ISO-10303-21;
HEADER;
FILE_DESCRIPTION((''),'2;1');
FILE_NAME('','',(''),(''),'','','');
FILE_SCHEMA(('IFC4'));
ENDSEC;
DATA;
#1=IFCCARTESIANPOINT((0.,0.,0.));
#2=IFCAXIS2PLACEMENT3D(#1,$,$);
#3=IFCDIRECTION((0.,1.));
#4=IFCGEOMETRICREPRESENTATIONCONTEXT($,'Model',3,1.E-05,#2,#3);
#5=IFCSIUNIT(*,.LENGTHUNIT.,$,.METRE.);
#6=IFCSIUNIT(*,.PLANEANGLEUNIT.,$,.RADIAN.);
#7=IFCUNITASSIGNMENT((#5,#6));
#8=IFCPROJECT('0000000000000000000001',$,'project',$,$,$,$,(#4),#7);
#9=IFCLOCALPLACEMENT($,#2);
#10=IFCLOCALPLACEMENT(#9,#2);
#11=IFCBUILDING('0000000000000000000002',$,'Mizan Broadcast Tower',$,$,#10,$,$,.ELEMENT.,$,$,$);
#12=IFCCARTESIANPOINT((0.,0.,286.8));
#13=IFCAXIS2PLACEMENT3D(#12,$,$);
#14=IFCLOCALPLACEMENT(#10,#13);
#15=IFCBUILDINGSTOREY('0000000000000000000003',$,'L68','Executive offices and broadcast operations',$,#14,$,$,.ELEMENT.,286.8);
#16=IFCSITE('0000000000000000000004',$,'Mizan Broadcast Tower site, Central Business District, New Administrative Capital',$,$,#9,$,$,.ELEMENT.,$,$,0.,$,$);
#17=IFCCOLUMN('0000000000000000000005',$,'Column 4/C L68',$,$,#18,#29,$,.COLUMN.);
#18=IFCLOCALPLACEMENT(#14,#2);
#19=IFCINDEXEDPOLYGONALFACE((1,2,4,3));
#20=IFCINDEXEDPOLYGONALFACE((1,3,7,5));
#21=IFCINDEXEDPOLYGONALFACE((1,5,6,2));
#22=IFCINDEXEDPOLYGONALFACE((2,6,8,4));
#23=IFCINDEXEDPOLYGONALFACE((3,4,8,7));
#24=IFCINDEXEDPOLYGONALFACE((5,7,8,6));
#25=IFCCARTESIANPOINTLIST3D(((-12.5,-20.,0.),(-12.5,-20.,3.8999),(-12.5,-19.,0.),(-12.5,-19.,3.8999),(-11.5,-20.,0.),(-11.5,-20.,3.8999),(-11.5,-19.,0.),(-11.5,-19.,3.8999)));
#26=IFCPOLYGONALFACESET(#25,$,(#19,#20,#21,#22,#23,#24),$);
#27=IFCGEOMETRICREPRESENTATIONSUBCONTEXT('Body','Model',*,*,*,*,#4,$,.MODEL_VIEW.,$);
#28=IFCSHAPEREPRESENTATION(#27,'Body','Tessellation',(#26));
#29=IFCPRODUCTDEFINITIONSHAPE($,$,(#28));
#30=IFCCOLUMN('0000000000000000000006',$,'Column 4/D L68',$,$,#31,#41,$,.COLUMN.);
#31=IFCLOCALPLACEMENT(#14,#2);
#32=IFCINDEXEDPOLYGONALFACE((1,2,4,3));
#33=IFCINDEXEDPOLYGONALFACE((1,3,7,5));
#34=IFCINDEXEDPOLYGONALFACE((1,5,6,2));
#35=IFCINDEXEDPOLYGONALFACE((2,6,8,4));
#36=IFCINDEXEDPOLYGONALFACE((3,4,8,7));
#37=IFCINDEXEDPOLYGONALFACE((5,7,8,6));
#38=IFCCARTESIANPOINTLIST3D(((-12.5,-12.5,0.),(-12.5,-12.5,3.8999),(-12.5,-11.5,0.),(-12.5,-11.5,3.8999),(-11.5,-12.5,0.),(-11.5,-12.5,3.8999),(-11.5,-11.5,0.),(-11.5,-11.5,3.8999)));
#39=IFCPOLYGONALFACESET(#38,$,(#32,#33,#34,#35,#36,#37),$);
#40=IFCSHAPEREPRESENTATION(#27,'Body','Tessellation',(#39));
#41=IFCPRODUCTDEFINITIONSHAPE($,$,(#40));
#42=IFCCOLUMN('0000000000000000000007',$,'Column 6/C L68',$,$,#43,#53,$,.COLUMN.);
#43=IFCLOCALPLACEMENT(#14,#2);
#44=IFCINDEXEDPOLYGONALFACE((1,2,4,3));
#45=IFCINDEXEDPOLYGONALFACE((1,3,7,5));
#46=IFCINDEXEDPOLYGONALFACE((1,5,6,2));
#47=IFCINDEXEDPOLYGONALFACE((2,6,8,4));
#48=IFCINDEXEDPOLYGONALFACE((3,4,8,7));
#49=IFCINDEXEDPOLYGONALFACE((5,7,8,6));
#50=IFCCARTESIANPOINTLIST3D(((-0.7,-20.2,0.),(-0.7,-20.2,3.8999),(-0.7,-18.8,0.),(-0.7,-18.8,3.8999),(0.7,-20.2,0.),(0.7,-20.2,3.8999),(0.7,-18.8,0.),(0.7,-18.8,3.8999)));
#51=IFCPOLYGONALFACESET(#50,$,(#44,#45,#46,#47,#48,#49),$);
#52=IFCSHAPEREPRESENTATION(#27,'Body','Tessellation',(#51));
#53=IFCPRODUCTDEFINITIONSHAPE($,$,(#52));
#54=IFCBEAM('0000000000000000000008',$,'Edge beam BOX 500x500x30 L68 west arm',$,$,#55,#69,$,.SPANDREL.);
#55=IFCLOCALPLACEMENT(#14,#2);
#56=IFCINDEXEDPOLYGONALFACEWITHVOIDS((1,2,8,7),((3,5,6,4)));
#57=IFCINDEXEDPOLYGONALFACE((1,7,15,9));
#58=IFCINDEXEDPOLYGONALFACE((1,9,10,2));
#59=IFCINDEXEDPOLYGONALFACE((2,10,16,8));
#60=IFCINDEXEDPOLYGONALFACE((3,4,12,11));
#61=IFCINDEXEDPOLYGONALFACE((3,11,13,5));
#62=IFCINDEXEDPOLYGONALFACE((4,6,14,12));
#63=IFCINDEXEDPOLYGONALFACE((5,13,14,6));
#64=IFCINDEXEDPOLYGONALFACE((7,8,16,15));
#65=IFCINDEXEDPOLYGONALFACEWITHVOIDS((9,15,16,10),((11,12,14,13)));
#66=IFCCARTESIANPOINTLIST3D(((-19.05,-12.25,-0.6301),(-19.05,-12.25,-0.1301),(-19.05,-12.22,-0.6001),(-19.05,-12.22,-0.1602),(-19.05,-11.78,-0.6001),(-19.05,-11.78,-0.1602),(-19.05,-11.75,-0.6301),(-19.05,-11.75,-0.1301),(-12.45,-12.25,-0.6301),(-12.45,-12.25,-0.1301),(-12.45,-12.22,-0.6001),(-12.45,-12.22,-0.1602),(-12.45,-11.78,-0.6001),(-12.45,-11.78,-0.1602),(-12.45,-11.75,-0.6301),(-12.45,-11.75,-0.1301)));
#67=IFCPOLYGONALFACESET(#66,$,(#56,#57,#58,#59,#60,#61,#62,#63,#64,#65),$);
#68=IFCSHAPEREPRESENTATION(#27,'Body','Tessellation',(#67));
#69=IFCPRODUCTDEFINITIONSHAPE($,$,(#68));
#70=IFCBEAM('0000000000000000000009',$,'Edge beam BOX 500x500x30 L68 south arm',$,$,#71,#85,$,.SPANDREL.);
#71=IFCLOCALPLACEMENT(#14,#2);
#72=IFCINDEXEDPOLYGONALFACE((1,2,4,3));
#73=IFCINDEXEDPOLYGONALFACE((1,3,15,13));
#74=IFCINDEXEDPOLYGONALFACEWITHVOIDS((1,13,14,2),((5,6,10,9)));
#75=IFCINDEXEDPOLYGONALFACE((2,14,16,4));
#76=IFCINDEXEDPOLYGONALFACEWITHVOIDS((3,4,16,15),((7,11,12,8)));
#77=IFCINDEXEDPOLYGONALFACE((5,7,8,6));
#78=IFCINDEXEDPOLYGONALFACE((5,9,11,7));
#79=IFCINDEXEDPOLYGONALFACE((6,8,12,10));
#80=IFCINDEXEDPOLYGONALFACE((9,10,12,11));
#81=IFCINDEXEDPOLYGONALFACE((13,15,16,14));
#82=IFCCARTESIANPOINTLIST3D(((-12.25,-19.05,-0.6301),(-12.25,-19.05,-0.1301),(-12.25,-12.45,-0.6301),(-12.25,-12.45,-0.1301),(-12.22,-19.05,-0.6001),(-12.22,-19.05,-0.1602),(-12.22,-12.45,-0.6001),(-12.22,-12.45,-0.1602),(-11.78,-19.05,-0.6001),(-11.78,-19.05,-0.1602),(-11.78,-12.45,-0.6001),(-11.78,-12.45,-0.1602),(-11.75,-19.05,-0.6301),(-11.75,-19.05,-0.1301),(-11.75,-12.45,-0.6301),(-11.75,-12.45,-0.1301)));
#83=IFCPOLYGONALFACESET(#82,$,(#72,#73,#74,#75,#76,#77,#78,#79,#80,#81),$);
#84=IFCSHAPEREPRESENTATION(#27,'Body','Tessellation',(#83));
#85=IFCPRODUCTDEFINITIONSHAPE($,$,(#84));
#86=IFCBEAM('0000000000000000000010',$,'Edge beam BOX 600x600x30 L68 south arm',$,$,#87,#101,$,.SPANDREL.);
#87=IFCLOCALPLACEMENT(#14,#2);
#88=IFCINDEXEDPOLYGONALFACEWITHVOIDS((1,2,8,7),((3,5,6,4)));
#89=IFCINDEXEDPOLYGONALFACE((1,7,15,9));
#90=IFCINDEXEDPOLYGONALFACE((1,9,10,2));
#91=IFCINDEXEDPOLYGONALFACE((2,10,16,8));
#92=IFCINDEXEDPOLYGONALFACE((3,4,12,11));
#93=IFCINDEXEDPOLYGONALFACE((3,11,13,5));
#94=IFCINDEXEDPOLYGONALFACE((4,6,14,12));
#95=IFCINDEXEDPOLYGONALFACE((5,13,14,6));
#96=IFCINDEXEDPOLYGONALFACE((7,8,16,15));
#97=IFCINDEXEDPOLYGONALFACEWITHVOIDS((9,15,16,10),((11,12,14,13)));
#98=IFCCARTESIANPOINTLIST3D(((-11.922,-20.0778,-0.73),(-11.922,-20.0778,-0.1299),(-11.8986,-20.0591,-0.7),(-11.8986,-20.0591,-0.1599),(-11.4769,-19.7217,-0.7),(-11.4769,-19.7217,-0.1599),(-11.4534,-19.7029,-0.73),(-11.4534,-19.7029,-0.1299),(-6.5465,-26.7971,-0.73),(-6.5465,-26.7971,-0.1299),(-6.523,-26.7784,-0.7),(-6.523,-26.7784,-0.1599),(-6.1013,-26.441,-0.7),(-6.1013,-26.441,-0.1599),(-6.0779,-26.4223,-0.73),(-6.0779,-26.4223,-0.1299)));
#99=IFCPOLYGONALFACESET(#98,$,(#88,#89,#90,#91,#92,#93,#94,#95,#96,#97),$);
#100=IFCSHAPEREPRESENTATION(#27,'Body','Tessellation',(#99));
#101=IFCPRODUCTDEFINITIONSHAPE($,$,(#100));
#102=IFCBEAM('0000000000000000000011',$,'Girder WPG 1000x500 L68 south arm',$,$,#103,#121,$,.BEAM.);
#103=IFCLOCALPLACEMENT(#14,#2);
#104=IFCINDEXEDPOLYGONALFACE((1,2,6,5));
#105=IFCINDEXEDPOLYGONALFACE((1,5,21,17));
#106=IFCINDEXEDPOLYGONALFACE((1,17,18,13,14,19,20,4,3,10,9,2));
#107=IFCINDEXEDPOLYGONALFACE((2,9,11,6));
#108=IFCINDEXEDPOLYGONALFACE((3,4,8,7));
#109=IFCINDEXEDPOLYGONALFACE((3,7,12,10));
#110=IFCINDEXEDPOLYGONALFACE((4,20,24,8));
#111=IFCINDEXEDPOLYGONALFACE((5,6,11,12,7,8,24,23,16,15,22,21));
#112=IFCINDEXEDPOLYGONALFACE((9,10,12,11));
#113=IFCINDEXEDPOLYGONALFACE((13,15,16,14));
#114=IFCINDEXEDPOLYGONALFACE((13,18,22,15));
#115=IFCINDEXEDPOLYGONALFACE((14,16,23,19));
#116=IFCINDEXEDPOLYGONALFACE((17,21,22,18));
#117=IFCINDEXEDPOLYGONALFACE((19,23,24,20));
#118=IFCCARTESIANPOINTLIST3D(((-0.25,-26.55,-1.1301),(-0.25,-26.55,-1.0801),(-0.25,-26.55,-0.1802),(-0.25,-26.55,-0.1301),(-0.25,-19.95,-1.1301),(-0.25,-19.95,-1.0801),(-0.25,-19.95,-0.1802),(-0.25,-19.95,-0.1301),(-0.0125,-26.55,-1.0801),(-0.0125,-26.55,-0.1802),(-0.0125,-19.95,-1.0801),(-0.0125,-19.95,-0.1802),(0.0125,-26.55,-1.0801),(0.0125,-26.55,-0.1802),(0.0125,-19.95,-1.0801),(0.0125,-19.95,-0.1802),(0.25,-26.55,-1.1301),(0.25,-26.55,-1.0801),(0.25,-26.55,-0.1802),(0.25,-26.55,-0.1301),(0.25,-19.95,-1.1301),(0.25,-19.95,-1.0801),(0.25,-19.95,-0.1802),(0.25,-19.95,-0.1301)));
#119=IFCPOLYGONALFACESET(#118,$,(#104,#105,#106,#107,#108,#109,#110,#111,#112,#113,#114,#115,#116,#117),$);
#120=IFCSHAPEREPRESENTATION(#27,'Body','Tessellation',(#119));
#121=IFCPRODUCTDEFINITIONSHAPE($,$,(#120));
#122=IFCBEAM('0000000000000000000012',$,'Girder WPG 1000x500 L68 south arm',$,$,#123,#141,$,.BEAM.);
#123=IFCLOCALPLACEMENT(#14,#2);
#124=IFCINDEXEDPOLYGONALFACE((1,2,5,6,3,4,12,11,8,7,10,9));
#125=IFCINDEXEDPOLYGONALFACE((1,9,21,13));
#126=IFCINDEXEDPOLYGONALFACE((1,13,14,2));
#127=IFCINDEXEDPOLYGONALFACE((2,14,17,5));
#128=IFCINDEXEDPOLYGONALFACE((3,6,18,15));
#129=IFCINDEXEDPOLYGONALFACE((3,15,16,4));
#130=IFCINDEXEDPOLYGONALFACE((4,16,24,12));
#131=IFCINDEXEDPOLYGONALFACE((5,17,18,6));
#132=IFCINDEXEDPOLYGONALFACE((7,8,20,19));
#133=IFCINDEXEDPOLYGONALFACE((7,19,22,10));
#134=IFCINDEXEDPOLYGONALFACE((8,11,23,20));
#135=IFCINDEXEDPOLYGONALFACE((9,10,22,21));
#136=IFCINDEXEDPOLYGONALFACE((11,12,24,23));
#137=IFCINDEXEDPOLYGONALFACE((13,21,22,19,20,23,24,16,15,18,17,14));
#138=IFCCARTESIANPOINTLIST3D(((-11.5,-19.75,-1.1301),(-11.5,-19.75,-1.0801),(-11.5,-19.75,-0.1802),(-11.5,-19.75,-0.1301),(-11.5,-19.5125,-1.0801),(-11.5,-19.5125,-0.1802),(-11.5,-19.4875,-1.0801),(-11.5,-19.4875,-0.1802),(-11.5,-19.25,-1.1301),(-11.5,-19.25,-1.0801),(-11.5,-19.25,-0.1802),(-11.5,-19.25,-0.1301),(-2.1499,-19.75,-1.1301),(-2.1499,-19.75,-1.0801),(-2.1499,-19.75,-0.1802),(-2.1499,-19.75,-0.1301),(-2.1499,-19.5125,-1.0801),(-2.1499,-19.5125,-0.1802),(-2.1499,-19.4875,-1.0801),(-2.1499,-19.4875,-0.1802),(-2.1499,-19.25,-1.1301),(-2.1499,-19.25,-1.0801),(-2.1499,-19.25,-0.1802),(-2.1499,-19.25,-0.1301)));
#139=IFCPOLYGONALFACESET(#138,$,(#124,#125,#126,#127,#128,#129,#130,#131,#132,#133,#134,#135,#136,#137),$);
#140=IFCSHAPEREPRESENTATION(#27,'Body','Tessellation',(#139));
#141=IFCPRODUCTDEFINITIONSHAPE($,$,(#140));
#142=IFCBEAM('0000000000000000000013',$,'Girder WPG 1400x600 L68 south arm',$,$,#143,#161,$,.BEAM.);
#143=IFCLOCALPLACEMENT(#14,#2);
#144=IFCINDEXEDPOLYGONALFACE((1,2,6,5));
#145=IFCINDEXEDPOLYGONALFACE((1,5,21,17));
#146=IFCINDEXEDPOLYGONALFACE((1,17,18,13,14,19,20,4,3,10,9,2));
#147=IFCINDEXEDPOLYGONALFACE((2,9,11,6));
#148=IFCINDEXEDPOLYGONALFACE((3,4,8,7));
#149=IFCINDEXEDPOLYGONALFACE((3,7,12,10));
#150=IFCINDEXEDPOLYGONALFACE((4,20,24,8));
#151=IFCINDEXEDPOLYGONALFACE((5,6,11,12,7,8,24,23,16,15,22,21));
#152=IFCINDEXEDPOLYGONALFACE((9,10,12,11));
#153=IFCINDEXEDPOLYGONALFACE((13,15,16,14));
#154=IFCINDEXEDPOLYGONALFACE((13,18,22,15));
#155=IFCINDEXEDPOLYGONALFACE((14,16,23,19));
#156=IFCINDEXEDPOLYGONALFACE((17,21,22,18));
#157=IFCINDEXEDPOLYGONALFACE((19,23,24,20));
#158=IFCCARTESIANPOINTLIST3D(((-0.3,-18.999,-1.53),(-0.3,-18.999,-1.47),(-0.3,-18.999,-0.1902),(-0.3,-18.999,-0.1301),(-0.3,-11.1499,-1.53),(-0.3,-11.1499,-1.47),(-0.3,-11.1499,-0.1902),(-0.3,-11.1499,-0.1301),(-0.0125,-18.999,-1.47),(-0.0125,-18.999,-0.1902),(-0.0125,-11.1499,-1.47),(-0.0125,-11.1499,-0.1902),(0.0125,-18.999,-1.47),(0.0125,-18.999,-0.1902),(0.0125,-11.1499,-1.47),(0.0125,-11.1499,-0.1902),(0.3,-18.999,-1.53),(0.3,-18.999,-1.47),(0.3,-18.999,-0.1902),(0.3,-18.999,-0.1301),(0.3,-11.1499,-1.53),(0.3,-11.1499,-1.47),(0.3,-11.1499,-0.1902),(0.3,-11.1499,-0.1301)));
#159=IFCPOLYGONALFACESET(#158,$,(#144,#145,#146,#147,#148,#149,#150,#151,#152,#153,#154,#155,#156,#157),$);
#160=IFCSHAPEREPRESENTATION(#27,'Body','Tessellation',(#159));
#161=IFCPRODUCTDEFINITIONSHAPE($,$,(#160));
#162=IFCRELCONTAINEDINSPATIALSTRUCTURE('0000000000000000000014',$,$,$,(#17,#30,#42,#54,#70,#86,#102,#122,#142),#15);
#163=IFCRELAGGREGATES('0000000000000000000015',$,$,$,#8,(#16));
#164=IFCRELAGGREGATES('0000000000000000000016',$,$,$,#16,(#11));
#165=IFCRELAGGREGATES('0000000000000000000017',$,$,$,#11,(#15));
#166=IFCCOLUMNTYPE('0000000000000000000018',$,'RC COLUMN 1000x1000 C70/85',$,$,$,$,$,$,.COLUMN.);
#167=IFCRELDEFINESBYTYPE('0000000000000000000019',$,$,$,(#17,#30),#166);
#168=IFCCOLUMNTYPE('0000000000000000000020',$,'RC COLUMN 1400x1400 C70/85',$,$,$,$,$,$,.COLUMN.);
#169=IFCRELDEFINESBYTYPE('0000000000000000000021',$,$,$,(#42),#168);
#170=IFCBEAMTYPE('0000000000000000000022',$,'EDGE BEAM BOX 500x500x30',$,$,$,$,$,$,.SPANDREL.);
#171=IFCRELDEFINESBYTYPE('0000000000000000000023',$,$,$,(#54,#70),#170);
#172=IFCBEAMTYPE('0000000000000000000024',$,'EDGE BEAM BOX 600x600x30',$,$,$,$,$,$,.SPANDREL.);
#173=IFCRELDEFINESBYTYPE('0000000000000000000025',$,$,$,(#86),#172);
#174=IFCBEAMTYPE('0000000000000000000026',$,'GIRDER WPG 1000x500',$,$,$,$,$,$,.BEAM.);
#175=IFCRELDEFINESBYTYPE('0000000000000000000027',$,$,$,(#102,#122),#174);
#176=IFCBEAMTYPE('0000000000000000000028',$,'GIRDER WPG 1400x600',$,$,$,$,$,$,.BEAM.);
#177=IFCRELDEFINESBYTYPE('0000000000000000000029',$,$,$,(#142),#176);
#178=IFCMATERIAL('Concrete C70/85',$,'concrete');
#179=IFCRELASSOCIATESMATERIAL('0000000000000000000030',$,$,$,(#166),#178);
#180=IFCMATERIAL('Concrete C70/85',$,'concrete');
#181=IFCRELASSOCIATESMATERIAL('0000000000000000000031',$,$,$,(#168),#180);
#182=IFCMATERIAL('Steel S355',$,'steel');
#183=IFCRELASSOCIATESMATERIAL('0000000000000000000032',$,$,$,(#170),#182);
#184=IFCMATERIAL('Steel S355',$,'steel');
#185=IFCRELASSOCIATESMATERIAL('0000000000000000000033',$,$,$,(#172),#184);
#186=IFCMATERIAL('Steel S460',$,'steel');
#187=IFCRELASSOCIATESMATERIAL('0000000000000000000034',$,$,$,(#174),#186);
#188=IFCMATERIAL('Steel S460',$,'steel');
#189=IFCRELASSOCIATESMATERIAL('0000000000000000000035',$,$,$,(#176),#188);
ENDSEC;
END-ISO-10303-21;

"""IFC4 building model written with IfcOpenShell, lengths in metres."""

from ifc_helpers import new_model, si_unit, direction, frame, origin, origin_2d, place, context, subcontext, project, spatial, rectangle, hollow_rectangle, i_section, extrude, material, material_profile, profile_set, type_object, element, save


model = new_model("IFC4")

# Units and contexts
model_context = context("Model", 3, precision=1e-05, world=origin(), true_north=direction((0.0, 1.0)))
body_context = subcontext(model_context, "Body", "Model", "MODEL_VIEW")
ifc_project = project(units=[si_unit("LENGTHUNIT", "METRE"), si_unit("PLANEANGLEUNIT", "RADIAN")], contexts=[model_context])

# Site, building, storey
site_placement = place(None, origin())
site = spatial("IfcSite", under=ifc_project, at=site_placement, Name="Mizan Broadcast Tower site, Central Business District, New Administrative Capital", CompositionType="ELEMENT", RefElevation=0.0)
building_placement = place(site_placement, origin())
building = spatial("IfcBuilding", under=site, at=building_placement, Name="Mizan Broadcast Tower", CompositionType="ELEMENT")
storey_placement = place(building_placement, frame((0.0, 0.0, 286.8)))
storey = spatial("IfcBuildingStorey", under=building, at=storey_placement, Name="L68", Description="Executive offices and broadcast operations", CompositionType="ELEMENT", Elevation=286.8)

# Columns
ifc_material_1 = material(Name="Concrete C70/85", Category="concrete")
ifc_material_profile_1 = material_profile(ifc_material_1, rectangle(XDim=1.0, YDim=1.0, at=origin_2d()), Name="RC 1000x1000")
ifc_profile_set_1 = profile_set([ifc_material_profile_1], Name="Concrete C70/85")
column_type_1 = type_object("IfcColumnType", Name="RC COLUMN 1000x1000 C70/85", PredefinedType="COLUMN", material=ifc_profile_set_1)
for number, where, z_axis, x_axis, name in (
    (1, (-12.0, -19.5, 0.0), (0.0, 0.0, 1.0), (1.0, 0.0, 0.0), "Column 4/C L68"),
    (2, (-12.0, -12.0, 0.0), (0.0, 0.0, 1.0), (1.0, 0.0, 0.0), "Column 4/D L68"),
):
    element("IfcColumn", number, at=place(storey_placement, frame(where, z_axis=z_axis, x_axis=x_axis)), inside=storey, type_object=column_type_1, Name=name, PredefinedType="COLUMN", context=body_context, shape_type="SweptSolid", body=[
        extrude(rectangle(XDim=1.0, YDim=1.0, at=origin_2d()), origin(), (0.0, 0.0, 1.0), 3.8999),
    ])
ifc_material_2 = material(Name="Concrete C70/85", Category="concrete")
ifc_material_profile_2 = material_profile(ifc_material_2, rectangle(XDim=1.3999, YDim=1.3999, at=origin_2d()), Name="RC 1400x1400")
ifc_profile_set_2 = profile_set([ifc_material_profile_2], Name="Concrete C70/85")
column_type_2 = type_object("IfcColumnType", Name="RC COLUMN 1400x1400 C70/85", PredefinedType="COLUMN", material=ifc_profile_set_2)
column_placement = place(storey_placement, frame((0.0, -19.5, 0.0), z_axis=(0.0, 0.0, 1.0), x_axis=(1.0, 0.0, 0.0)))
element("IfcColumn", 3, at=column_placement, inside=storey, type_object=column_type_2, Name="Column 6/C L68", PredefinedType="COLUMN", context=body_context, shape_type="SweptSolid", body=[
    extrude(rectangle(XDim=1.3999, YDim=1.3999, at=origin_2d()), origin(), (0.0, 0.0, 1.0), 3.8999),
])

# Beams
ifc_material_3 = material(Name="Steel S355", Category="steel")
ifc_material_profile_3 = material_profile(ifc_material_3, hollow_rectangle(XDim=0.5, YDim=0.5, WallThickness=0.03, at=origin_2d()), Name="BOX 500x500x30")
ifc_profile_set_3 = profile_set([ifc_material_profile_3], Name="Steel S355")
beam_type_1 = type_object("IfcBeamType", Name="EDGE BEAM BOX 500x500x30", PredefinedType="SPANDREL", material=ifc_profile_set_3)
for number, where, z_axis, x_axis, name in (
    (4, (-12.45, -12.0, -0.3801), (-1.0, 0.0, 0.0), (0.0, -1.0, 0.0), "Edge beam BOX 500x500x30 L68 west arm"),
    (5, (-12.0, -12.45, -0.3801), (0.0, -1.0, 0.0), (1.0, 0.0, 0.0), "Edge beam BOX 500x500x30 L68 south arm"),
):
    element("IfcBeam", number, at=place(storey_placement, frame(where, z_axis=z_axis, x_axis=x_axis)), inside=storey, type_object=beam_type_1, Name=name, PredefinedType="SPANDREL", context=body_context, shape_type="SweptSolid", body=[
        extrude(hollow_rectangle(XDim=0.5, YDim=0.5, WallThickness=0.03, at=origin_2d()), origin(), (0.0, 0.0, 1.0), 6.6001),
    ])
ifc_material_4 = material(Name="Steel S355", Category="steel")
ifc_material_profile_4 = material_profile(ifc_material_4, hollow_rectangle(XDim=0.6001, YDim=0.6001, WallThickness=0.03, at=origin_2d()), Name="BOX 600x600x30")
ifc_profile_set_4 = profile_set([ifc_material_profile_4], Name="Steel S355")
beam_type_2 = type_object("IfcBeamType", Name="EDGE BEAM BOX 600x600x30", PredefinedType="SPANDREL", material=ifc_profile_set_4)
beam_1_placement = place(storey_placement, frame((-11.6877, -19.8904, -0.4299), z_axis=(0.624702, -0.780863, 0.0), x_axis=(0.780863, 0.624702, 0.0)))
element("IfcBeam", 6, at=beam_1_placement, inside=storey, type_object=beam_type_2, Name="Edge beam BOX 600x600x30 L68 south arm", PredefinedType="SPANDREL", context=body_context, shape_type="SweptSolid", body=[
    extrude(hollow_rectangle(XDim=0.6001, YDim=0.6001, WallThickness=0.03, at=origin_2d()), origin(), (0.0, 0.0, 1.0), 8.605),
])
ifc_material_5 = material(Name="Steel S460", Category="steel")
ifc_material_profile_5 = material_profile(ifc_material_5, i_section(OverallWidth=0.5, OverallDepth=1.0, WebThickness=0.0249, FlangeThickness=0.05, at=origin_2d()), Name="WPG 1000x500")
ifc_profile_set_5 = profile_set([ifc_material_profile_5], Name="Steel S460")
beam_type_3 = type_object("IfcBeamType", Name="GIRDER WPG 1000x500", PredefinedType="BEAM", material=ifc_profile_set_5)
beam_2_placement = place(storey_placement, frame((0.0, -19.95, -0.6301), z_axis=(0.0, -1.0, 0.0), x_axis=(1.0, 0.0, 0.0)))
element("IfcBeam", 7, at=beam_2_placement, inside=storey, type_object=beam_type_3, Name="Girder WPG 1000x500 L68 south arm", PredefinedType="BEAM", context=body_context, shape_type="SweptSolid", body=[
    extrude(i_section(OverallWidth=0.5, OverallDepth=1.0, WebThickness=0.0249, FlangeThickness=0.05, at=origin_2d()), origin(), (0.0, 0.0, 1.0), 6.6001),
])
beam_3_placement = place(storey_placement, frame((-11.5, -19.5, -0.6301), z_axis=(1.0, 0.0, 0.0), x_axis=(0.0, 1.0, 0.0)))
element("IfcBeam", 8, at=beam_3_placement, inside=storey, type_object=beam_type_3, Name="Girder WPG 1000x500 L68 south arm", PredefinedType="BEAM", context=body_context, shape_type="SweptSolid", body=[
    extrude(i_section(OverallWidth=0.5, OverallDepth=1.0, WebThickness=0.0249, FlangeThickness=0.05, at=origin_2d()), origin(), (0.0, 0.0, 1.0), 9.3501),
])
ifc_material_6 = material(Name="Steel S460", Category="steel")
ifc_material_profile_6 = material_profile(ifc_material_6, i_section(OverallWidth=0.6001, OverallDepth=1.3999, WebThickness=0.0249, FlangeThickness=0.0601, at=origin_2d()), Name="WPG 1400x600")
ifc_profile_set_6 = profile_set([ifc_material_profile_6], Name="Steel S460")
beam_type_4 = type_object("IfcBeamType", Name="GIRDER WPG 1400x600", PredefinedType="BEAM", material=ifc_profile_set_6)
beam_4_placement = place(storey_placement, frame((0.0, -11.1499, -0.8301), z_axis=(0.0, -1.0, 0.0), x_axis=(1.0, 0.0, 0.0)))
element("IfcBeam", 9, at=beam_4_placement, inside=storey, type_object=beam_type_4, Name="Girder WPG 1400x600 L68 south arm", PredefinedType="BEAM", context=body_context, shape_type="SweptSolid", body=[
    extrude(i_section(OverallWidth=0.6001, OverallDepth=1.3999, WebThickness=0.0249, FlangeThickness=0.0601, at=origin_2d()), origin(), (0.0, 0.0, 1.0), 7.8491),
])

save(model, "model.ifc")
